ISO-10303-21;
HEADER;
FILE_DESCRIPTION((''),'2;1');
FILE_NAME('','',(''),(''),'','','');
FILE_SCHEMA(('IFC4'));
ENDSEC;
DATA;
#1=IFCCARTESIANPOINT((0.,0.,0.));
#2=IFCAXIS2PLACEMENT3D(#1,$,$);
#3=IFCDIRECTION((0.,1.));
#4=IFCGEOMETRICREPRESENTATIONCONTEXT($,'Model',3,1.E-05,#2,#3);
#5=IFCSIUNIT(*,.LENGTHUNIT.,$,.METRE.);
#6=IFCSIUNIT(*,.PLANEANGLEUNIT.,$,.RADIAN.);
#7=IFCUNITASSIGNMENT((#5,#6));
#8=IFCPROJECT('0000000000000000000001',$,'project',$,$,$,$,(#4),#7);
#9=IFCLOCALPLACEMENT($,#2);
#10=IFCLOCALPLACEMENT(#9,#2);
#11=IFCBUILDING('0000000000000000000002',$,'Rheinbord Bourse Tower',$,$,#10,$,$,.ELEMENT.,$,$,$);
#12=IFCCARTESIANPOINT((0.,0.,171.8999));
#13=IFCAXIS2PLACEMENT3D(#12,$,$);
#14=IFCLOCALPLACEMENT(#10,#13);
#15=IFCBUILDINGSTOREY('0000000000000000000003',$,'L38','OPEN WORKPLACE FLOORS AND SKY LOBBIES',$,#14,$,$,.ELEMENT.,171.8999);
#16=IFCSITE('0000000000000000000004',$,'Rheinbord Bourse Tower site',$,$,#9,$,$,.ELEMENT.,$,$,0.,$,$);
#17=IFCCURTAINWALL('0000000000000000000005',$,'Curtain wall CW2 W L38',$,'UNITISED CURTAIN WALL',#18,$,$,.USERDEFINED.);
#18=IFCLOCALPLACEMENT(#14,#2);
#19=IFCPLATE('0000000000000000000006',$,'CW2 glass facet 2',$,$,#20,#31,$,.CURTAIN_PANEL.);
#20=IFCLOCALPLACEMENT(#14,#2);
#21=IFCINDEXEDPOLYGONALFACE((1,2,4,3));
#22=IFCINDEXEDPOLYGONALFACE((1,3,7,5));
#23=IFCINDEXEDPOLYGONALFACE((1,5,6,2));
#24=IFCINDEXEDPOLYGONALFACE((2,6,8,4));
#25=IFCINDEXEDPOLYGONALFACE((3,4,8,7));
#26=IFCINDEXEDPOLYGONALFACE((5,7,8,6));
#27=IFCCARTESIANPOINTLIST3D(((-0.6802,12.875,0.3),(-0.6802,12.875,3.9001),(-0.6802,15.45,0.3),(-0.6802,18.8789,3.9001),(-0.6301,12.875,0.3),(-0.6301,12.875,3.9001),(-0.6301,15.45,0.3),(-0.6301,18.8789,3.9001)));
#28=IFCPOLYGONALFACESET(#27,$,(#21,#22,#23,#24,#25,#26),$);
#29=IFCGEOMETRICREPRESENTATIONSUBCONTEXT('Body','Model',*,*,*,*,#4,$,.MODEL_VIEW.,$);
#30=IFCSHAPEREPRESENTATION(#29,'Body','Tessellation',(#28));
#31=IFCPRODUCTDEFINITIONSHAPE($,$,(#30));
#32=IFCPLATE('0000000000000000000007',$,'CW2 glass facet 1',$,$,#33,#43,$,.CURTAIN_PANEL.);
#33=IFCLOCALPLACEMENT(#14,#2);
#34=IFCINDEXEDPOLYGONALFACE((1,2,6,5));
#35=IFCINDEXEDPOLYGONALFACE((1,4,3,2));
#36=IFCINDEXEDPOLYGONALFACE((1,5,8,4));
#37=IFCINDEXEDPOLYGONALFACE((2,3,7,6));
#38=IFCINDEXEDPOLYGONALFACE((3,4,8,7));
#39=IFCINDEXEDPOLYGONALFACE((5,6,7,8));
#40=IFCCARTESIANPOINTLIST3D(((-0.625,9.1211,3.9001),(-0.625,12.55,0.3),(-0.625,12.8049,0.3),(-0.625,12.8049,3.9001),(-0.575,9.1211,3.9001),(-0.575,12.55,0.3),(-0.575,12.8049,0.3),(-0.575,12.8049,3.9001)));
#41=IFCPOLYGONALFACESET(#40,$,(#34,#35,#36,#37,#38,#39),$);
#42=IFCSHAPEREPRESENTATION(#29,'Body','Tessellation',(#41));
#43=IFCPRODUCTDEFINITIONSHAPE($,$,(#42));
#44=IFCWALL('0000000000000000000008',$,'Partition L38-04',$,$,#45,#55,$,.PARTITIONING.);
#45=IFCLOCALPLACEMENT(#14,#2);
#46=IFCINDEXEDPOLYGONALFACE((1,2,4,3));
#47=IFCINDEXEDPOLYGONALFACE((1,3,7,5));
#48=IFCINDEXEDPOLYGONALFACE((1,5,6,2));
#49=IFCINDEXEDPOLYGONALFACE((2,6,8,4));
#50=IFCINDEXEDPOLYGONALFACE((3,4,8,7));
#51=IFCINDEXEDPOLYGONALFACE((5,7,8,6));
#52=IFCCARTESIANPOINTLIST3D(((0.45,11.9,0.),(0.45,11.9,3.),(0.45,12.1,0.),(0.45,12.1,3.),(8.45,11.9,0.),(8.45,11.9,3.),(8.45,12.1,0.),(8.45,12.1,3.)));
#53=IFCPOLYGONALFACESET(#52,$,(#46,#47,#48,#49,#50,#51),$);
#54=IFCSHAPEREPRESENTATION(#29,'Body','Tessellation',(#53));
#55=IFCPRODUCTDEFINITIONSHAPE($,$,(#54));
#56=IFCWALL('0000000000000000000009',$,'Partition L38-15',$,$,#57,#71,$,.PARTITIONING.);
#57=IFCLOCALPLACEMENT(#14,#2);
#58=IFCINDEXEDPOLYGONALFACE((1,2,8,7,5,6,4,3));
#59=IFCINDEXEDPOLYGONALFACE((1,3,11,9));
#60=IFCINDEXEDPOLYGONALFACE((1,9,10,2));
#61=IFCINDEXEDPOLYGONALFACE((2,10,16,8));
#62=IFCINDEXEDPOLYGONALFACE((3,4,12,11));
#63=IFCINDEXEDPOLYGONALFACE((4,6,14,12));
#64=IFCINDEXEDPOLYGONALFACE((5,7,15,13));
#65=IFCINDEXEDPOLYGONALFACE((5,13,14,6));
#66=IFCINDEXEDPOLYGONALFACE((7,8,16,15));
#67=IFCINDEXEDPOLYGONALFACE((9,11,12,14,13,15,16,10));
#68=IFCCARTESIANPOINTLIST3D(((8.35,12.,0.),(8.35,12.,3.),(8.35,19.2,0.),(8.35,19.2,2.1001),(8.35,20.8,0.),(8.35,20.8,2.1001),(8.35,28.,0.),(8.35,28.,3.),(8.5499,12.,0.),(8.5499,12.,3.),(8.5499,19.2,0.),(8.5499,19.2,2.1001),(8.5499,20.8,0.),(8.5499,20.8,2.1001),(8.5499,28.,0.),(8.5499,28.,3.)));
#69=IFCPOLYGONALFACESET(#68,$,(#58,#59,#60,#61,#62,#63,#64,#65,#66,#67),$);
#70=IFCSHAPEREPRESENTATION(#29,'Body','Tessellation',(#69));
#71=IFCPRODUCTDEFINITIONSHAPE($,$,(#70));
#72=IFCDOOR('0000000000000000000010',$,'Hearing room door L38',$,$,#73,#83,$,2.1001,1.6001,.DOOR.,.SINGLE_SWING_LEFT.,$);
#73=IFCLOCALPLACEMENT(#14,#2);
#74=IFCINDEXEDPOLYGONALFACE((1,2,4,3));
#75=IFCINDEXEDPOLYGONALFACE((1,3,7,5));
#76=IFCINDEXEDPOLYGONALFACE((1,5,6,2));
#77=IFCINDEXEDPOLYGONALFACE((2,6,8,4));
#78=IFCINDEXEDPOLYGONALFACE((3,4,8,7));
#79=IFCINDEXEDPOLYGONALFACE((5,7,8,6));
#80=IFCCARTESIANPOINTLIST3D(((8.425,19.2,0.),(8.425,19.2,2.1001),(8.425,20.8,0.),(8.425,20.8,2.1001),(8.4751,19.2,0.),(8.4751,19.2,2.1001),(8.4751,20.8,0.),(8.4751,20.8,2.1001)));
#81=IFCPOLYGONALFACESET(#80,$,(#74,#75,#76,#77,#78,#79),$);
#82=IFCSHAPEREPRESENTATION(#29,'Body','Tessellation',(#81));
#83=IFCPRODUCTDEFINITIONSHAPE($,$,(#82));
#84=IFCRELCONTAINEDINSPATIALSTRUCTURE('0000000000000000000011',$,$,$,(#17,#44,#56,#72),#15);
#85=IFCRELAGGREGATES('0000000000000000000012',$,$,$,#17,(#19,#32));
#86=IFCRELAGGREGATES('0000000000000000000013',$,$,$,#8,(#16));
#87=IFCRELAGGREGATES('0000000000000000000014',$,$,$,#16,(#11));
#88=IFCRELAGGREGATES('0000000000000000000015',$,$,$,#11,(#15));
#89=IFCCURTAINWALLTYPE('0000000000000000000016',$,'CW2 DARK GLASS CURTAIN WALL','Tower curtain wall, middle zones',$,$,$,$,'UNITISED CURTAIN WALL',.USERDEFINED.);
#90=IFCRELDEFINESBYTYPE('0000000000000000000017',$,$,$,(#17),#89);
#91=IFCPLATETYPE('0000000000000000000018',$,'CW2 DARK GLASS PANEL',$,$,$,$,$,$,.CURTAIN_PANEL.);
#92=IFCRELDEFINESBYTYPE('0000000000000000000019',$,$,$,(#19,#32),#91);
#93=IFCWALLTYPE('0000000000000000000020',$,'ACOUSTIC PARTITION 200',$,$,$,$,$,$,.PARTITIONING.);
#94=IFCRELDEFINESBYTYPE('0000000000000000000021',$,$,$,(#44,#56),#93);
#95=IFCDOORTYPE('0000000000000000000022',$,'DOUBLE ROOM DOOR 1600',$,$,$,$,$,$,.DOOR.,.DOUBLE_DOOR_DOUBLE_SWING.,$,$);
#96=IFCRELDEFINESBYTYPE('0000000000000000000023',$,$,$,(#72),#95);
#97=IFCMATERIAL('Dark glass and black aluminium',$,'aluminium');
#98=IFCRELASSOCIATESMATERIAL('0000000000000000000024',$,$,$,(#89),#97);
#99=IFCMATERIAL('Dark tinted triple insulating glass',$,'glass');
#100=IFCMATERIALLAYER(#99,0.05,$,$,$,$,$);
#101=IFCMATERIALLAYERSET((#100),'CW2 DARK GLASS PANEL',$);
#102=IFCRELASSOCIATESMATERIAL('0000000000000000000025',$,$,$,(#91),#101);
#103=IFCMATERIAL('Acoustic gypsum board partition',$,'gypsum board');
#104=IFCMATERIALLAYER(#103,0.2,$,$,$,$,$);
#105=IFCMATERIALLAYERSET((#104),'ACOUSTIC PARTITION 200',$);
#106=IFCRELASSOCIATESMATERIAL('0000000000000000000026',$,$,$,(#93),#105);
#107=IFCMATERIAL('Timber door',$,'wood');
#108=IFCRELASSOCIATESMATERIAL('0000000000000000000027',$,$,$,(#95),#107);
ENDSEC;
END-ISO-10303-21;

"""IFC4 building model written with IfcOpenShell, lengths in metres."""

from ifc_helpers import new_model, si_unit, direction, frame, frame_2d, origin, place, context, subcontext, project, spatial, polyline, rectangle, outline, extrude, material, layer, layer_set, type_object, element, fill, aggregate, save


model = new_model("IFC4")

# Units and contexts
model_context = context("Model", 3, precision=1e-05, world=origin(), true_north=direction((0.0, 1.0)))
body_context = subcontext(model_context, "Body", "Model", "MODEL_VIEW")
ifc_project = project(units=[si_unit("LENGTHUNIT", "METRE"), si_unit("PLANEANGLEUNIT", "RADIAN")], contexts=[model_context])

# Site, building, storey
site_placement = place(None, origin())
site = spatial("IfcSite", under=ifc_project, at=site_placement, Name="Rheinbord Bourse Tower site", CompositionType="ELEMENT", RefElevation=0.0)
building_placement = place(site_placement, origin())
building = spatial("IfcBuilding", under=site, at=building_placement, Name="Rheinbord Bourse Tower", CompositionType="ELEMENT")
storey_placement = place(building_placement, frame((0.0, 0.0, 171.8999)))
storey = spatial("IfcBuildingStorey", under=building, at=storey_placement, Name="L38", Description="OPEN WORKPLACE FLOORS AND SKY LOBBIES", CompositionType="ELEMENT", Elevation=171.8999)

# Curtain wall
ifc_material_1 = material(Name="Dark glass and black aluminium", Category="aluminium")
curtain_wall_type = type_object("IfcCurtainWallType", Name="CW2 DARK GLASS CURTAIN WALL", Description="Tower curtain wall, middle zones", ElementType="UNITISED CURTAIN WALL", PredefinedType="USERDEFINED", material=ifc_material_1)
curtain_wall_placement = place(storey_placement, origin())
curtain_wall = element("IfcCurtainWall", 1, at=curtain_wall_placement, inside=storey, type_object=curtain_wall_type, Name="Curtain wall CW2 W L38", ObjectType="UNITISED CURTAIN WALL", PredefinedType="USERDEFINED")

# Plates
ifc_material_2 = material(Name="Dark tinted triple insulating glass", Category="glass")
ifc_layer_1 = layer(ifc_material_2, 0.05)
ifc_layer_set_1 = layer_set([ifc_layer_1], Name="CW2 DARK GLASS PANEL")
plate_type = type_object("IfcPlateType", Name="CW2 DARK GLASS PANEL", PredefinedType="CURTAIN_PANEL", material=ifc_layer_set_1)
plate_1_placement = place(storey_placement, frame((-0.6802, 12.875, 3.9001), z_axis=(1.0, 0.0, 0.0), x_axis=(0.0, 0.0, -1.0)))
plate_1 = element("IfcPlate", 2, at=plate_1_placement, type_object=plate_type, Name="CW2 glass facet 2", PredefinedType="CURTAIN_PANEL", context=body_context, shape_type="SweptSolid", body=[
    extrude(outline(polyline([(0.0, 0.0), (3.6001, 0.0), (3.6001, 2.575), (0.0, 6.0039), (0.0, 0.0)])), origin(), (0.0, 0.0, 1.0), 0.05),
])
plate_2_placement = place(storey_placement, frame((-0.625, 12.8049, 0.3), z_axis=(1.0, 0.0, 0.0), x_axis=(0.0, 0.0, 1.0)))
plate_2 = element("IfcPlate", 3, at=plate_2_placement, type_object=plate_type, Name="CW2 glass facet 1", PredefinedType="CURTAIN_PANEL", context=body_context, shape_type="SweptSolid", body=[
    extrude(outline(polyline([(0.0, 0.0), (3.6001, 0.0), (3.6001, 3.6838), (0.0, 0.2549), (0.0, 0.0)])), origin(), (0.0, 0.0, 1.0), 0.05),
])
aggregate(curtain_wall, [plate_1, plate_2])

# Wall
ifc_material_3 = material(Name="Acoustic gypsum board partition", Category="gypsum board")
ifc_layer_2 = layer(ifc_material_3, 0.2)
ifc_layer_set_2 = layer_set([ifc_layer_2], Name="ACOUSTIC PARTITION 200")
wall_type = type_object("IfcWallType", Name="ACOUSTIC PARTITION 200", PredefinedType="PARTITIONING", material=ifc_layer_set_2)
wall_1_placement = place(storey_placement, frame((0.45, 12.0, 0.0), z_axis=(0.0, 0.0, 1.0), x_axis=(1.0, 0.0, 0.0)))
element("IfcWall", 4, at=wall_1_placement, inside=storey, type_object=wall_type, Name="Partition L38-04", PredefinedType="PARTITIONING", context=body_context, shape_type="SweptSolid", body=[
    extrude(rectangle(XDim=8.0, YDim=0.2, at=frame_2d((4.0, 0.0))), origin(), (0.0, 0.0, 1.0), 3.0),
])

# Wall, opening, door
wall_2_placement = place(storey_placement, frame((8.45, 12.0, 0.0), z_axis=(0.0, 0.0, 1.0), x_axis=(0.0, 1.0, 0.0)))
wall_2 = element("IfcWall", 5, at=wall_2_placement, inside=storey, type_object=wall_type, Name="Partition L38-15", PredefinedType="PARTITIONING", context=body_context, shape_type="SweptSolid", body=[
    extrude(rectangle(XDim=16.0, YDim=0.2, at=frame_2d((8.0, 0.0))), origin(), (0.0, 0.0, 1.0), 3.0),
])
opening_placement = place(wall_2_placement, frame((7.2, 0.0, 0.0)))
opening = element("IfcOpeningElement", 6, at=opening_placement, cuts=wall_2, PredefinedType="OPENING", context=body_context, shape_type="SweptSolid", body=[
    extrude(rectangle(XDim=1.6001, YDim=2.1001, at=frame_2d((0.8, 1.05))), frame((0.0, 0.1099, 0.0), z_axis=(0.0, -1.0, 0.0), x_axis=(1.0, 0.0, 0.0)), (0.0, 0.0, 1.0), 0.22),
])
ifc_material_4 = material(Name="Timber door", Category="wood")
door_type = type_object("IfcDoorType", Name="DOUBLE ROOM DOOR 1600", OperationType="DOUBLE_DOOR_DOUBLE_SWING", PredefinedType="DOOR", material=ifc_material_4)
door_placement = place(opening_placement, origin())
door = element("IfcDoor", 7, at=door_placement, inside=storey, type_object=door_type, Name="Hearing room door L38", OperationType="SINGLE_SWING_LEFT", OverallHeight=2.1001, OverallWidth=1.6001, PredefinedType="DOOR", context=body_context, shape_type="SweptSolid", body=[
    extrude(rectangle(XDim=1.6001, YDim=2.1001, at=frame_2d((0.8, 1.05))), frame((0.0, 0.0249, 0.0), z_axis=(0.0, -1.0, 0.0), x_axis=(1.0, 0.0, 0.0)), (0.0, 0.0, 1.0), 0.05),
])
fill(opening, door)

save(model, "model.ifc")
